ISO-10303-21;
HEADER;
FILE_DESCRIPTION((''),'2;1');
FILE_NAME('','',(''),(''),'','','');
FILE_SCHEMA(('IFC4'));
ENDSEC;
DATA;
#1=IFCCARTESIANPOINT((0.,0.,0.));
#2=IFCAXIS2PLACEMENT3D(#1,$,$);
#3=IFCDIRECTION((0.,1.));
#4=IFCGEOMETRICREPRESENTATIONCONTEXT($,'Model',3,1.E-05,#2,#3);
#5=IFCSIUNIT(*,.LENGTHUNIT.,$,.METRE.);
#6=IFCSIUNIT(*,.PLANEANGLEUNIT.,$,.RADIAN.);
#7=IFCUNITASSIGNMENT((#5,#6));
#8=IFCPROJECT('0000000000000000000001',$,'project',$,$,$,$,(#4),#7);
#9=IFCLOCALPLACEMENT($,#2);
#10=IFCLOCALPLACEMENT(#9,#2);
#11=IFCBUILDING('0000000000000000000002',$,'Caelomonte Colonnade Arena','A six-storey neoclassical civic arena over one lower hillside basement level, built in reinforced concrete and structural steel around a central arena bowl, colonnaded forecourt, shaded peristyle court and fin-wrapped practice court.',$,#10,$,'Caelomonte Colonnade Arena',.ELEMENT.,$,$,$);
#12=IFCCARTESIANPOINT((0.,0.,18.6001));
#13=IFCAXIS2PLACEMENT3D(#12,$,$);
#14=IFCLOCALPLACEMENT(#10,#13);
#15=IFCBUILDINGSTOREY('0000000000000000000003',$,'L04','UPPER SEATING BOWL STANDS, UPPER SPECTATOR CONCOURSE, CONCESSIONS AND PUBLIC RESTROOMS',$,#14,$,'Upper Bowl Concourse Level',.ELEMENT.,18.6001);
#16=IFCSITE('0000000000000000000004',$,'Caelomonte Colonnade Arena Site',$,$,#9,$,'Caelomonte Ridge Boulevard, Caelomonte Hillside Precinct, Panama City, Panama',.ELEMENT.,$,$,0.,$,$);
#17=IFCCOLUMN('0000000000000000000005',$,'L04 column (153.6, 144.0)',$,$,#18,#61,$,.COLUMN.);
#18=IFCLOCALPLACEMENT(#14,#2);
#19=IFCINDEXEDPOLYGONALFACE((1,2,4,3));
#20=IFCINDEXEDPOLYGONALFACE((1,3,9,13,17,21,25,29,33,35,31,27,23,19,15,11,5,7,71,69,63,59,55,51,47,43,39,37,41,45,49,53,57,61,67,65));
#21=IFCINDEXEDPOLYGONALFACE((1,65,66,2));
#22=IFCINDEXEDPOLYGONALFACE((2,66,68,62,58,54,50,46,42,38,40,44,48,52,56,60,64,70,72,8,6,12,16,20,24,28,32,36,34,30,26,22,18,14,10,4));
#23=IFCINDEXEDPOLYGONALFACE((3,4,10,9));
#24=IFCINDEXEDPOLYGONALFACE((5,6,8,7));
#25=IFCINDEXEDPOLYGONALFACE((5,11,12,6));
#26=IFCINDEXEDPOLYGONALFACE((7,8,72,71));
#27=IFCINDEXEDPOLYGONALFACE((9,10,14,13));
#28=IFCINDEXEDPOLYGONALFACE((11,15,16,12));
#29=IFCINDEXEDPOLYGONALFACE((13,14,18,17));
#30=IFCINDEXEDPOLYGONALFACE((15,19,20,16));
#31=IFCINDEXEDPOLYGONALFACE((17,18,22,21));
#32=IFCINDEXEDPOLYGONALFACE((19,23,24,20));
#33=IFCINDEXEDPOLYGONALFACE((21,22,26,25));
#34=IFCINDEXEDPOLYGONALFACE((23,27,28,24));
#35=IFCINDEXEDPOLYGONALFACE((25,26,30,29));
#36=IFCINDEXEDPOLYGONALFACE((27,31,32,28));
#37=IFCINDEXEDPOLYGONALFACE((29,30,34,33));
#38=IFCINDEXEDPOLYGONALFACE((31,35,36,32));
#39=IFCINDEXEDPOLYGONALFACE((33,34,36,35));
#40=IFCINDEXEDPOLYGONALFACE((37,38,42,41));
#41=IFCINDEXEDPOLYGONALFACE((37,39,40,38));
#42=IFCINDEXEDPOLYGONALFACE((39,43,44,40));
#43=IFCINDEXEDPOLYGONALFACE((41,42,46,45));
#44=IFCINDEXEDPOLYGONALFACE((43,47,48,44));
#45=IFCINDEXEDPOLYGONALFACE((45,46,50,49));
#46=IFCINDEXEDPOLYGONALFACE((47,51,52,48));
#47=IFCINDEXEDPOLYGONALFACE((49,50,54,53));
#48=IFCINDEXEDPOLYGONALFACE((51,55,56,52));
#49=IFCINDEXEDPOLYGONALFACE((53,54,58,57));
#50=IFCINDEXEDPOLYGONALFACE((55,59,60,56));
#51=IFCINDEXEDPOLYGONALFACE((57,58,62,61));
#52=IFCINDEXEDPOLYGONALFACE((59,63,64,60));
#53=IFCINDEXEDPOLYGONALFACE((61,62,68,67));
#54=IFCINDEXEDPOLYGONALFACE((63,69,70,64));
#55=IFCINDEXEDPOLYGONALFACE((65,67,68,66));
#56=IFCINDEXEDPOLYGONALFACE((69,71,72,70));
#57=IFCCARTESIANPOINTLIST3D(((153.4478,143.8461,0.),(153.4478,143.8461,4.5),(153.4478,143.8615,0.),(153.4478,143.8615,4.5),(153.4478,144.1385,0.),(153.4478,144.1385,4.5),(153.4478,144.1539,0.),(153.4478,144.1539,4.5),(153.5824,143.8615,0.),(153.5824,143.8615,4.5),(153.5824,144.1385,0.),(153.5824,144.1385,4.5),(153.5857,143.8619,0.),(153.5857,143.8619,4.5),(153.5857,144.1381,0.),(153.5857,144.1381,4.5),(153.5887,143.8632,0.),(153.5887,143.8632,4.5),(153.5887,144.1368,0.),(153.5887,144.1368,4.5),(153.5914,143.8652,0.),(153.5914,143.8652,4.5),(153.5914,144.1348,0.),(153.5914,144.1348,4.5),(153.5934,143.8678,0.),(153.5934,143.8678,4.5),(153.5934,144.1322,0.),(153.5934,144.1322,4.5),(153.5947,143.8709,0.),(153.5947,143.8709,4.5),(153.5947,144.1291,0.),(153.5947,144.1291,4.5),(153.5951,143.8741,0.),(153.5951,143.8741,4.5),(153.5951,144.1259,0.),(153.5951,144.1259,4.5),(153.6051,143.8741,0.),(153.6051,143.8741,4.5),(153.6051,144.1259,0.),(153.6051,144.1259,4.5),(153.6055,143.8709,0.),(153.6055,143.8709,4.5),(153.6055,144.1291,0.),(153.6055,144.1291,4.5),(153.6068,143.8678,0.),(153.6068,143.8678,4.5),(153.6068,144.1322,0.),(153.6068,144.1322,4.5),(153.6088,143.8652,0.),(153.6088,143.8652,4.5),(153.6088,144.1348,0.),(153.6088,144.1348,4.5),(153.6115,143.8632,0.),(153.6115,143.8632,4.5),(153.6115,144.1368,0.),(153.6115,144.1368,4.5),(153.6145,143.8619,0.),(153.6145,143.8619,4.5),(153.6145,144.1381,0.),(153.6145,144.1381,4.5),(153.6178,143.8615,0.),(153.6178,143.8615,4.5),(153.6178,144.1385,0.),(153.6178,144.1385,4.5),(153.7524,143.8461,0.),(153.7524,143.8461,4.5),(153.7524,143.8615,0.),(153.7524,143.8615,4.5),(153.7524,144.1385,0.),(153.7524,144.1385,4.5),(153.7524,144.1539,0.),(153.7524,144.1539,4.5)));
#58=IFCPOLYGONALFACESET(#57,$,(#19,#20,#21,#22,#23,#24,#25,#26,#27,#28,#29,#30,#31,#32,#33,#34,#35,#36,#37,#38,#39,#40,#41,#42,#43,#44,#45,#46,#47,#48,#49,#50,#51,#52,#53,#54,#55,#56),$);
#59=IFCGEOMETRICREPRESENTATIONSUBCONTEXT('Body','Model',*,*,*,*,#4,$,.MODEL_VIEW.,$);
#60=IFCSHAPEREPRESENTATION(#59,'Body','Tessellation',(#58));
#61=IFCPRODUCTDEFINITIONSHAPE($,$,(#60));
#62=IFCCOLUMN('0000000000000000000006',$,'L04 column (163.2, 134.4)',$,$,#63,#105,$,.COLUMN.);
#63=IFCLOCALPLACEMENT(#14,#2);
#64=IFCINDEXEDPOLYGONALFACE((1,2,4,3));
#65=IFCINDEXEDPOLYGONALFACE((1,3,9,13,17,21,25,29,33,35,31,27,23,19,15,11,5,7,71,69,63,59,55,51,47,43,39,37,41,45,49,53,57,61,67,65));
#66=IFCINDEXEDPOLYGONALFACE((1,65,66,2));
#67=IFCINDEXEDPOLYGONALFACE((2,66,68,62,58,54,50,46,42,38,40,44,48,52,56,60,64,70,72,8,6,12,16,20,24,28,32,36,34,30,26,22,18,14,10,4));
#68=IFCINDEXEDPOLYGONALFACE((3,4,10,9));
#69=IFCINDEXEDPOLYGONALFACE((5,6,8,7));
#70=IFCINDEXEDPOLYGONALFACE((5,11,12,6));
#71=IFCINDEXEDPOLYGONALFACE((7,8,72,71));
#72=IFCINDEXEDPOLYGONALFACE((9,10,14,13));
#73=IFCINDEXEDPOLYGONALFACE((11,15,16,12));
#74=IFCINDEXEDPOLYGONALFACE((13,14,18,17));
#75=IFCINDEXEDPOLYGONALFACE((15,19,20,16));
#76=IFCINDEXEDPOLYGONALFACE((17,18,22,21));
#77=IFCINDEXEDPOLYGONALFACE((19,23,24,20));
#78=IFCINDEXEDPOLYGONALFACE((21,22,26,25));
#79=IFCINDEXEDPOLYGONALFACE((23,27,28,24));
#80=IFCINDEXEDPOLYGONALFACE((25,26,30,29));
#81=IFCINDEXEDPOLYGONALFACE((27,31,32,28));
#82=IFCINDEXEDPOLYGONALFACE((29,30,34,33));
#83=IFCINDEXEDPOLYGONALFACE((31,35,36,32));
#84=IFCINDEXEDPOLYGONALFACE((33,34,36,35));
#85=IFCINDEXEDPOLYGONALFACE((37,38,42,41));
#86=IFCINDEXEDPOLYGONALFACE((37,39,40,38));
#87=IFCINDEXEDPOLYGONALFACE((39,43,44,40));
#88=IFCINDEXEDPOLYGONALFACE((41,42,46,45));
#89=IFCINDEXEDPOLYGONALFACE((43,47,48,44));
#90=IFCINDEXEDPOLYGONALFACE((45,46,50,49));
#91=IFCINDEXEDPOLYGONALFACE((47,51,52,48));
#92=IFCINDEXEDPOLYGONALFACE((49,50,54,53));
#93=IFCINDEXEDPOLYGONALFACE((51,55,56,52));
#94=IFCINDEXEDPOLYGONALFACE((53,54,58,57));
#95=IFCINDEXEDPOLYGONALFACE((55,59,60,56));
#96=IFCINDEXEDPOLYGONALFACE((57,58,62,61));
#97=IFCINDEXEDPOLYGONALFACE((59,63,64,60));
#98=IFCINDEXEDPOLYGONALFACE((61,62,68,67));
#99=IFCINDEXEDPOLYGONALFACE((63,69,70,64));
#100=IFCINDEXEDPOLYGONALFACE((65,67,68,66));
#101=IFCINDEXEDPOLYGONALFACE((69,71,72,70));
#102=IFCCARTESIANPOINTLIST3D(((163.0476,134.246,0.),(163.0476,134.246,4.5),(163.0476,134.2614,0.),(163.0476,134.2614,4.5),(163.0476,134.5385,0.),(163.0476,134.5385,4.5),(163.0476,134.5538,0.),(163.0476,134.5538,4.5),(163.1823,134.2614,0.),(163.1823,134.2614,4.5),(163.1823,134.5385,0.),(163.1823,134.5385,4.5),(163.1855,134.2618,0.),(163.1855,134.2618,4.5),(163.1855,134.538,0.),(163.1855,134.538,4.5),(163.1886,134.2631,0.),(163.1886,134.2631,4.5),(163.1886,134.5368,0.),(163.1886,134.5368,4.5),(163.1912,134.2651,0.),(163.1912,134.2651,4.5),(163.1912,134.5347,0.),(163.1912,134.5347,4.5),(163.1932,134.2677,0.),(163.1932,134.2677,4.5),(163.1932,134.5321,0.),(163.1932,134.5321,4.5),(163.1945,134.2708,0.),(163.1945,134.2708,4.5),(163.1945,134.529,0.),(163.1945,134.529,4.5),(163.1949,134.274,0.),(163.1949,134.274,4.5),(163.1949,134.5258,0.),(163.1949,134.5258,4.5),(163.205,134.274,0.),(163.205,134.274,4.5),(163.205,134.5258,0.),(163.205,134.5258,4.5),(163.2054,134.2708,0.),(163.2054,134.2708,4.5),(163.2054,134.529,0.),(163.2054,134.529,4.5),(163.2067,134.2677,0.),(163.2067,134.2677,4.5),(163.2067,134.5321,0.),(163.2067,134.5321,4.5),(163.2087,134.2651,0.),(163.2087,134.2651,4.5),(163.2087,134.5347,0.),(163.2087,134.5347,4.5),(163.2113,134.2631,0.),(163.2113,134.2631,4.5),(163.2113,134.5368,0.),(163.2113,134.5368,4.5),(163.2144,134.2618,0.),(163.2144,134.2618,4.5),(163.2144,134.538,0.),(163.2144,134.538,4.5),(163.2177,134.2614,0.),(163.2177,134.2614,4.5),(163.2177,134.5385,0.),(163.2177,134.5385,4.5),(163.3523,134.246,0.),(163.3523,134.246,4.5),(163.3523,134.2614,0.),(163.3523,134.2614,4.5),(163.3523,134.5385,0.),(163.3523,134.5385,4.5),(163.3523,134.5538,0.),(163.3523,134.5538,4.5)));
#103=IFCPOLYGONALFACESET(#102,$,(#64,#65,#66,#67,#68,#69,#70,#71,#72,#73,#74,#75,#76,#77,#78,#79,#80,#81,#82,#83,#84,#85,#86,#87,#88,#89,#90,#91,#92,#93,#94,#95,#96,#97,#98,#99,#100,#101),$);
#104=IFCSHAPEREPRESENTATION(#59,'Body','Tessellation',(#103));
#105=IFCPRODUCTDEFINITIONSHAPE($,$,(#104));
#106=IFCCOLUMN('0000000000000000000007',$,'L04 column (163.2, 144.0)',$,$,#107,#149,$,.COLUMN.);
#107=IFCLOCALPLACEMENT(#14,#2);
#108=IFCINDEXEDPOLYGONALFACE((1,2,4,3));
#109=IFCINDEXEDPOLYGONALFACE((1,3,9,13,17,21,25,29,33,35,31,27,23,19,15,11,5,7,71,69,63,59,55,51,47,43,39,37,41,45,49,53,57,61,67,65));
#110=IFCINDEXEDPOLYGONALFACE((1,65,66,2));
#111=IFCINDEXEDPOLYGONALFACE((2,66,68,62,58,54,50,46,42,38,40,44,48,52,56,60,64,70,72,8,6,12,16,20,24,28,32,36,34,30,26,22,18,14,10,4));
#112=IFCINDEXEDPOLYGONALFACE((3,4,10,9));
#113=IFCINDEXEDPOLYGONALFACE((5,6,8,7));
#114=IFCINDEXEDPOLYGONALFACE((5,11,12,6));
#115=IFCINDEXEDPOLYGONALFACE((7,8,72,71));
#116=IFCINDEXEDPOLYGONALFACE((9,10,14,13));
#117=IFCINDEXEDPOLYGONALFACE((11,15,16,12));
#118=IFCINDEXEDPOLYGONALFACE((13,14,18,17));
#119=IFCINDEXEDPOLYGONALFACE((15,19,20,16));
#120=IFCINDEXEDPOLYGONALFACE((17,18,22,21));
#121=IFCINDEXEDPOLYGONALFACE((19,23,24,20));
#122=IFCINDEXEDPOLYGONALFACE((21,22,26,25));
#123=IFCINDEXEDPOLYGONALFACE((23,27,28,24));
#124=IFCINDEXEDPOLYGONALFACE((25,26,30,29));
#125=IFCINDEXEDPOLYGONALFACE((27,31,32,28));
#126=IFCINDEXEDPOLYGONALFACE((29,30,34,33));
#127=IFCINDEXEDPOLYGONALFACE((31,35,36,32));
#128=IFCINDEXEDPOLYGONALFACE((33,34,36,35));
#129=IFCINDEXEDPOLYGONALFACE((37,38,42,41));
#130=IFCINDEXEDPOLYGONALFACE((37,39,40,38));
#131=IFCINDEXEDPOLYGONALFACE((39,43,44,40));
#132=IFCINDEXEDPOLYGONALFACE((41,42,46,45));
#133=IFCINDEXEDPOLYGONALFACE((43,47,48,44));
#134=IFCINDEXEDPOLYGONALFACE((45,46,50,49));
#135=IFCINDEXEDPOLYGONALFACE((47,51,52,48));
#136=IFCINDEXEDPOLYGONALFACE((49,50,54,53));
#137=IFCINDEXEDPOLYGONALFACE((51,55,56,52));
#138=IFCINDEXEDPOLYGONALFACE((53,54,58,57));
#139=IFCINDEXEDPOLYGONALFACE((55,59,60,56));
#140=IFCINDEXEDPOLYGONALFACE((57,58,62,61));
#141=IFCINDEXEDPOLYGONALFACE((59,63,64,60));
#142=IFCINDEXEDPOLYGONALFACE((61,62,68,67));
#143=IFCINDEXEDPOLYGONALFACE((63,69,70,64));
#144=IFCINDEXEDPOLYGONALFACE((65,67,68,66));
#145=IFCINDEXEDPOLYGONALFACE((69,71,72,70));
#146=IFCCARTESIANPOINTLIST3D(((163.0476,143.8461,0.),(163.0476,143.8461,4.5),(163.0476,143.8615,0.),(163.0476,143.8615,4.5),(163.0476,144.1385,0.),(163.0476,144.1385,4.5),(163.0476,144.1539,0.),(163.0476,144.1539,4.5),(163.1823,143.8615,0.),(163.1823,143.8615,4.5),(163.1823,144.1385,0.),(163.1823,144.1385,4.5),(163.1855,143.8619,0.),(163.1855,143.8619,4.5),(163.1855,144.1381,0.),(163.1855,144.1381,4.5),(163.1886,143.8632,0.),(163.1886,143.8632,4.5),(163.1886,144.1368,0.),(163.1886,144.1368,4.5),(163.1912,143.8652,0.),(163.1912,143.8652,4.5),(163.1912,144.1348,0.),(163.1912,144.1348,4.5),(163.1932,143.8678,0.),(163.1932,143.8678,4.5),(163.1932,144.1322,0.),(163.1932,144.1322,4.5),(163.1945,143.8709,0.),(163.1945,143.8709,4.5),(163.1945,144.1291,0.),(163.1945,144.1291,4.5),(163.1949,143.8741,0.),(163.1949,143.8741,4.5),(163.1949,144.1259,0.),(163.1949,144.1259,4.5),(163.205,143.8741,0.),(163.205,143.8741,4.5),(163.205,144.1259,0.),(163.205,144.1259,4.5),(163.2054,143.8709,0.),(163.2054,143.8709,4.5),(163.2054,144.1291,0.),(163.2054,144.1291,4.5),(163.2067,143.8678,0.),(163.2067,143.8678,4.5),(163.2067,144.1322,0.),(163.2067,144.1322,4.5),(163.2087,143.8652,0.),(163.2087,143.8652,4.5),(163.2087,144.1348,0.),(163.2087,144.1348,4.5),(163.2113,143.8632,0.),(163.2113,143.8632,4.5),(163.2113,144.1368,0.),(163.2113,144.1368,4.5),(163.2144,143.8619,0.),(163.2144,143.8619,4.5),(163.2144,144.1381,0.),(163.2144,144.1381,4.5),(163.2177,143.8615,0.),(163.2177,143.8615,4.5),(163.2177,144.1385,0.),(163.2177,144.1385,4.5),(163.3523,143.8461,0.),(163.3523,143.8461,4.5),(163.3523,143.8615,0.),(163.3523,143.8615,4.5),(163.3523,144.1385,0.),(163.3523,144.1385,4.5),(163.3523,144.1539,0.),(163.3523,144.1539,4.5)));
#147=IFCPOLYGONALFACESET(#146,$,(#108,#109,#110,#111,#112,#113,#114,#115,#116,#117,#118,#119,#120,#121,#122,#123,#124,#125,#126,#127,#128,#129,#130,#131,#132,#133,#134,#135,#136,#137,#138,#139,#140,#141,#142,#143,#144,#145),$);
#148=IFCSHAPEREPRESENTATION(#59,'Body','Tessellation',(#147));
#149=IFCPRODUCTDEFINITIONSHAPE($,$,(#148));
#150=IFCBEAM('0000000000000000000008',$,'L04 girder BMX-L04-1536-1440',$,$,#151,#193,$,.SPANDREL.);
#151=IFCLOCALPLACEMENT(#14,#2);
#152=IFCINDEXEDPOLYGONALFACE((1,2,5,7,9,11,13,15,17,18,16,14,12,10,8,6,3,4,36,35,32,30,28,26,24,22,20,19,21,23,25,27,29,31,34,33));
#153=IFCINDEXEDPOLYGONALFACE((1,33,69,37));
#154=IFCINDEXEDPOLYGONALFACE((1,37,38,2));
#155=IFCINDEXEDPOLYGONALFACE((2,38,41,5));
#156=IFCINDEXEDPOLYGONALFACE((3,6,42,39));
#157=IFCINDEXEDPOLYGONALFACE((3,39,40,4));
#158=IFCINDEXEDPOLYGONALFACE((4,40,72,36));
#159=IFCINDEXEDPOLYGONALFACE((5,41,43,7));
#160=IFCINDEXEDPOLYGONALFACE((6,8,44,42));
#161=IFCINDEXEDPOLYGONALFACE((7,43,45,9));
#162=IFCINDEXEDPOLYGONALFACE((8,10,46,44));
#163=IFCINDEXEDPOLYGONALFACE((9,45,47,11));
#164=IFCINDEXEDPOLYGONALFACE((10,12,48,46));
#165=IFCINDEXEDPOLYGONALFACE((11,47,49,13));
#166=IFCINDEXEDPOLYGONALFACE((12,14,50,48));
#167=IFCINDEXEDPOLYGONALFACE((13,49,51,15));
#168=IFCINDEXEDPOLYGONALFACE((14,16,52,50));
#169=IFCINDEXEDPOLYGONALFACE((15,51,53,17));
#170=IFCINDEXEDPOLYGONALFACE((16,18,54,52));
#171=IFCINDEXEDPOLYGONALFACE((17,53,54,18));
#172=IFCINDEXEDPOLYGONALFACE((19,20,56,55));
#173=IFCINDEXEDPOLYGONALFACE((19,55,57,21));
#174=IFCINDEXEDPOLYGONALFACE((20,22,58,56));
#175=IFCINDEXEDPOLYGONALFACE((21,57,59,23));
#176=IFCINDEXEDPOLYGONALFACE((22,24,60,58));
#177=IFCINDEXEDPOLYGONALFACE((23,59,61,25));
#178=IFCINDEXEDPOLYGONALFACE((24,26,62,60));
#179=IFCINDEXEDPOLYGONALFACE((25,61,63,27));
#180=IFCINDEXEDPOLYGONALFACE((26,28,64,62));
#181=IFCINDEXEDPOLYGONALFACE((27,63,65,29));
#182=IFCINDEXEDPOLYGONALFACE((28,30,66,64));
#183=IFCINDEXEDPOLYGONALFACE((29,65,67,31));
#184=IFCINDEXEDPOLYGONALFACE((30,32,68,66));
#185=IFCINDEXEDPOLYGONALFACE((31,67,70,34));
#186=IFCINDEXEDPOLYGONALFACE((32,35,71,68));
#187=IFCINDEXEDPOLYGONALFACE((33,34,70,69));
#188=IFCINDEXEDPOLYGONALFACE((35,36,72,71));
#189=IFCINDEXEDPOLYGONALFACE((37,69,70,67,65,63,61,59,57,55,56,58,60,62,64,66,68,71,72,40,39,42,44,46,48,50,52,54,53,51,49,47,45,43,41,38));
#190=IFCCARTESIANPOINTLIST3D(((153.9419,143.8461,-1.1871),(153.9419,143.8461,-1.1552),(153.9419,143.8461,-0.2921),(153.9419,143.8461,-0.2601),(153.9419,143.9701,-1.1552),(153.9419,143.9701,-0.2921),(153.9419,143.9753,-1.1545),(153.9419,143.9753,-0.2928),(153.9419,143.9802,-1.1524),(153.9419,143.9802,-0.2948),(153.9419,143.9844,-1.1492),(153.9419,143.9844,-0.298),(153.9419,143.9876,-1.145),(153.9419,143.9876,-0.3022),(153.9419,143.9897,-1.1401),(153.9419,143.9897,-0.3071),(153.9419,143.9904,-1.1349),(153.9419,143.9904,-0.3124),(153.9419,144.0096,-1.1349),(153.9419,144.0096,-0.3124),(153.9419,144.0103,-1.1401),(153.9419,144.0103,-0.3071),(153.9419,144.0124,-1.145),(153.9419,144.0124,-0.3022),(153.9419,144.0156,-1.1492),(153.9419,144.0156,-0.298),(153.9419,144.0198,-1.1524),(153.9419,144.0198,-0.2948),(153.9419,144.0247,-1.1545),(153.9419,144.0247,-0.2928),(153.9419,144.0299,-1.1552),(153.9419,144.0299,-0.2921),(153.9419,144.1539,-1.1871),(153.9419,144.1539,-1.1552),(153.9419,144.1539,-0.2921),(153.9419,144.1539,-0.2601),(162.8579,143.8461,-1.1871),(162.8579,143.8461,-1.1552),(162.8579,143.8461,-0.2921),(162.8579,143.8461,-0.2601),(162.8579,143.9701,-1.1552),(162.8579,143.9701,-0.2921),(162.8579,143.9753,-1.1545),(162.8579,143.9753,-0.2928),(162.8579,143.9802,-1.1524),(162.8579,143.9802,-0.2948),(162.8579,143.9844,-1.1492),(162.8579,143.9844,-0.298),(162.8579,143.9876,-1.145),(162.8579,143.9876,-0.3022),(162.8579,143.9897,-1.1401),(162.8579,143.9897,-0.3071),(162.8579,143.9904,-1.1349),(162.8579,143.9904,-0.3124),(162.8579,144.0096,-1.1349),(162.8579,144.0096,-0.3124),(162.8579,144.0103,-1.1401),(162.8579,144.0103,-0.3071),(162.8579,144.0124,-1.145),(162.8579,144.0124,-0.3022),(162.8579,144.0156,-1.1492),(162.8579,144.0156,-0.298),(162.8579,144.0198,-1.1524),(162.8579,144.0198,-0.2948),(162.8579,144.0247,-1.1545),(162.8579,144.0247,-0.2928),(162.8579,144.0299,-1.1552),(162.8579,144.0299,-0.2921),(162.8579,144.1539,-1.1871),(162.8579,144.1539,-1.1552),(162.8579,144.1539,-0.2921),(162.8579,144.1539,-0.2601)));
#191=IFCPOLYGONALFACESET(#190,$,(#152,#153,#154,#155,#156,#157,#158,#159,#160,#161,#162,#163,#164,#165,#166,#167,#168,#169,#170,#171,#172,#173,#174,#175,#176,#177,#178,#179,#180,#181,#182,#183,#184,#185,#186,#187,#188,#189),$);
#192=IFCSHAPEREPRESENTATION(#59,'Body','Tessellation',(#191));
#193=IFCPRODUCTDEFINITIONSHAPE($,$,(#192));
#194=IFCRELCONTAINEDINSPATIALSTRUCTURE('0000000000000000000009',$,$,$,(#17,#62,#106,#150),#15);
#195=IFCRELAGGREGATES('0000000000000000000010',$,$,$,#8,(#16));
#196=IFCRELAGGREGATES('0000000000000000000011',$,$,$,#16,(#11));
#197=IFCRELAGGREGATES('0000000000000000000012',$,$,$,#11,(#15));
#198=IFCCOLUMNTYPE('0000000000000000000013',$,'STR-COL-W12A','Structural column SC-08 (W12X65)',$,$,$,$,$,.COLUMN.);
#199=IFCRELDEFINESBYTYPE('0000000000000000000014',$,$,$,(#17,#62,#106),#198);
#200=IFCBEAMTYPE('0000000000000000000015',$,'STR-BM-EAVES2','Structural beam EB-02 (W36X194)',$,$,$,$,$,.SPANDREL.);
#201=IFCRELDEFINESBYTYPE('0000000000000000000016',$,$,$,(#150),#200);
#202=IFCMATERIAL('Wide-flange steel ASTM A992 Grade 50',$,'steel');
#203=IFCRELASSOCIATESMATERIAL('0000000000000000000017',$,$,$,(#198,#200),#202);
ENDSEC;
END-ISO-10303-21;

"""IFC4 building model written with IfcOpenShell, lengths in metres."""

from ifc_helpers import new_model, si_unit, direction, frame, origin, origin_2d, place, context, subcontext, project, spatial, i_section, extrude, material, material_profile, profile_set, type_object, element, save


model = new_model("IFC4")

# Units and contexts
model_context = context("Model", 3, precision=1e-05, world=origin(), true_north=direction((0.0, 1.0)))
body_context = subcontext(model_context, "Body", "Model", "MODEL_VIEW")
ifc_project = project(units=[si_unit("LENGTHUNIT", "METRE"), si_unit("PLANEANGLEUNIT", "RADIAN")], contexts=[model_context])

# Site, building, storey
site_placement = place(None, origin())
site = spatial("IfcSite", under=ifc_project, at=site_placement, Name="Caelomonte Colonnade Arena Site", LongName="Caelomonte Ridge Boulevard, Caelomonte Hillside Precinct, Panama City, Panama", CompositionType="ELEMENT", RefElevation=0.0)
building_placement = place(site_placement, origin())
building = spatial("IfcBuilding", under=site, at=building_placement, Name="Caelomonte Colonnade Arena", Description="A six-storey neoclassical civic arena over one lower hillside basement level, built in reinforced concrete and structural steel around a central arena bowl, colonnaded forecourt, shaded peristyle court and fin-wrapped practice court.", LongName="Caelomonte Colonnade Arena", CompositionType="ELEMENT")
storey_placement = place(building_placement, frame((0.0, 0.0, 18.6001)))
storey = spatial("IfcBuildingStorey", under=building, at=storey_placement, Name="L04", Description="UPPER SEATING BOWL STANDS, UPPER SPECTATOR CONCOURSE, CONCESSIONS AND PUBLIC RESTROOMS", LongName="Upper Bowl Concourse Level", CompositionType="ELEMENT", Elevation=18.6001)

# Columns
ifc_material_1 = material(Name="Wide-flange steel ASTM A992 Grade 50", Category="steel")
ifc_material_profile_1 = material_profile(ifc_material_1, i_section(OverallWidth=0.3047, OverallDepth=0.3079, WebThickness=0.01, FlangeThickness=0.0154, FilletRadius=0.0127, at=origin_2d()), Name="W12X65")
ifc_profile_set_1 = profile_set([ifc_material_profile_1], Name="Wide-flange steel ASTM A992 Grade 50")
column_type = type_object("IfcColumnType", Name="STR-COL-W12A", Description="Structural column SC-08 (W12X65)", PredefinedType="COLUMN", material=ifc_profile_set_1)
for number, where, z_axis, x_axis, name in (
    (1, (153.6001, 144.0, 0.0), (0.0, 0.0, 1.0), (1.0, 0.0, 0.0), "L04 column (153.6, 144.0)"),
    (2, (163.2, 134.3999, 0.0), (0.0, 0.0, 1.0), (1.0, 0.0, 0.0), "L04 column (163.2, 134.4)"),
    (3, (163.2, 144.0, 0.0), (0.0, 0.0, 1.0), (1.0, 0.0, 0.0), "L04 column (163.2, 144.0)"),
):
    element("IfcColumn", number, at=place(storey_placement, frame(where, z_axis=z_axis, x_axis=x_axis)), inside=storey, type_object=column_type, Name=name, PredefinedType="COLUMN", context=body_context, shape_type="SweptSolid", body=[
        extrude(i_section(OverallWidth=0.3047, OverallDepth=0.3079, WebThickness=0.01, FlangeThickness=0.0154, FilletRadius=0.0127, at=origin_2d()), origin(), (0.0, 0.0, 1.0), 4.5),
    ])

# Beam
ifc_material_profile_2 = material_profile(ifc_material_1, i_section(OverallWidth=0.3079, OverallDepth=0.927, WebThickness=0.0193, FlangeThickness=0.032, FilletRadius=0.0203, at=origin_2d()), Name="W36X194")
ifc_profile_set_2 = profile_set([ifc_material_profile_2], Name="Wide-flange steel ASTM A992 Grade 50")
beam_type_1 = type_object("IfcBeamType", Name="STR-BM-EAVES2", Description="Structural beam EB-02 (W36X194)", PredefinedType="SPANDREL", material=ifc_profile_set_2)
beam_1_placement = place(storey_placement, frame((153.9419, 144.0, -0.7236), z_axis=(1.0, 0.0, 0.0), x_axis=(0.0, 1.0, 0.0)))
element("IfcBeam", 4, at=beam_1_placement, inside=storey, type_object=beam_type_1, Name="L04 girder BMX-L04-1536-1440", PredefinedType="SPANDREL", context=body_context, shape_type="SweptSolid", body=[
    extrude(i_section(OverallWidth=0.3079, OverallDepth=0.927, WebThickness=0.0193, FlangeThickness=0.032, FilletRadius=0.0203, at=origin_2d()), origin(), (0.0, 0.0, 1.0), 8.916),
])

save(model, "model.ifc")
